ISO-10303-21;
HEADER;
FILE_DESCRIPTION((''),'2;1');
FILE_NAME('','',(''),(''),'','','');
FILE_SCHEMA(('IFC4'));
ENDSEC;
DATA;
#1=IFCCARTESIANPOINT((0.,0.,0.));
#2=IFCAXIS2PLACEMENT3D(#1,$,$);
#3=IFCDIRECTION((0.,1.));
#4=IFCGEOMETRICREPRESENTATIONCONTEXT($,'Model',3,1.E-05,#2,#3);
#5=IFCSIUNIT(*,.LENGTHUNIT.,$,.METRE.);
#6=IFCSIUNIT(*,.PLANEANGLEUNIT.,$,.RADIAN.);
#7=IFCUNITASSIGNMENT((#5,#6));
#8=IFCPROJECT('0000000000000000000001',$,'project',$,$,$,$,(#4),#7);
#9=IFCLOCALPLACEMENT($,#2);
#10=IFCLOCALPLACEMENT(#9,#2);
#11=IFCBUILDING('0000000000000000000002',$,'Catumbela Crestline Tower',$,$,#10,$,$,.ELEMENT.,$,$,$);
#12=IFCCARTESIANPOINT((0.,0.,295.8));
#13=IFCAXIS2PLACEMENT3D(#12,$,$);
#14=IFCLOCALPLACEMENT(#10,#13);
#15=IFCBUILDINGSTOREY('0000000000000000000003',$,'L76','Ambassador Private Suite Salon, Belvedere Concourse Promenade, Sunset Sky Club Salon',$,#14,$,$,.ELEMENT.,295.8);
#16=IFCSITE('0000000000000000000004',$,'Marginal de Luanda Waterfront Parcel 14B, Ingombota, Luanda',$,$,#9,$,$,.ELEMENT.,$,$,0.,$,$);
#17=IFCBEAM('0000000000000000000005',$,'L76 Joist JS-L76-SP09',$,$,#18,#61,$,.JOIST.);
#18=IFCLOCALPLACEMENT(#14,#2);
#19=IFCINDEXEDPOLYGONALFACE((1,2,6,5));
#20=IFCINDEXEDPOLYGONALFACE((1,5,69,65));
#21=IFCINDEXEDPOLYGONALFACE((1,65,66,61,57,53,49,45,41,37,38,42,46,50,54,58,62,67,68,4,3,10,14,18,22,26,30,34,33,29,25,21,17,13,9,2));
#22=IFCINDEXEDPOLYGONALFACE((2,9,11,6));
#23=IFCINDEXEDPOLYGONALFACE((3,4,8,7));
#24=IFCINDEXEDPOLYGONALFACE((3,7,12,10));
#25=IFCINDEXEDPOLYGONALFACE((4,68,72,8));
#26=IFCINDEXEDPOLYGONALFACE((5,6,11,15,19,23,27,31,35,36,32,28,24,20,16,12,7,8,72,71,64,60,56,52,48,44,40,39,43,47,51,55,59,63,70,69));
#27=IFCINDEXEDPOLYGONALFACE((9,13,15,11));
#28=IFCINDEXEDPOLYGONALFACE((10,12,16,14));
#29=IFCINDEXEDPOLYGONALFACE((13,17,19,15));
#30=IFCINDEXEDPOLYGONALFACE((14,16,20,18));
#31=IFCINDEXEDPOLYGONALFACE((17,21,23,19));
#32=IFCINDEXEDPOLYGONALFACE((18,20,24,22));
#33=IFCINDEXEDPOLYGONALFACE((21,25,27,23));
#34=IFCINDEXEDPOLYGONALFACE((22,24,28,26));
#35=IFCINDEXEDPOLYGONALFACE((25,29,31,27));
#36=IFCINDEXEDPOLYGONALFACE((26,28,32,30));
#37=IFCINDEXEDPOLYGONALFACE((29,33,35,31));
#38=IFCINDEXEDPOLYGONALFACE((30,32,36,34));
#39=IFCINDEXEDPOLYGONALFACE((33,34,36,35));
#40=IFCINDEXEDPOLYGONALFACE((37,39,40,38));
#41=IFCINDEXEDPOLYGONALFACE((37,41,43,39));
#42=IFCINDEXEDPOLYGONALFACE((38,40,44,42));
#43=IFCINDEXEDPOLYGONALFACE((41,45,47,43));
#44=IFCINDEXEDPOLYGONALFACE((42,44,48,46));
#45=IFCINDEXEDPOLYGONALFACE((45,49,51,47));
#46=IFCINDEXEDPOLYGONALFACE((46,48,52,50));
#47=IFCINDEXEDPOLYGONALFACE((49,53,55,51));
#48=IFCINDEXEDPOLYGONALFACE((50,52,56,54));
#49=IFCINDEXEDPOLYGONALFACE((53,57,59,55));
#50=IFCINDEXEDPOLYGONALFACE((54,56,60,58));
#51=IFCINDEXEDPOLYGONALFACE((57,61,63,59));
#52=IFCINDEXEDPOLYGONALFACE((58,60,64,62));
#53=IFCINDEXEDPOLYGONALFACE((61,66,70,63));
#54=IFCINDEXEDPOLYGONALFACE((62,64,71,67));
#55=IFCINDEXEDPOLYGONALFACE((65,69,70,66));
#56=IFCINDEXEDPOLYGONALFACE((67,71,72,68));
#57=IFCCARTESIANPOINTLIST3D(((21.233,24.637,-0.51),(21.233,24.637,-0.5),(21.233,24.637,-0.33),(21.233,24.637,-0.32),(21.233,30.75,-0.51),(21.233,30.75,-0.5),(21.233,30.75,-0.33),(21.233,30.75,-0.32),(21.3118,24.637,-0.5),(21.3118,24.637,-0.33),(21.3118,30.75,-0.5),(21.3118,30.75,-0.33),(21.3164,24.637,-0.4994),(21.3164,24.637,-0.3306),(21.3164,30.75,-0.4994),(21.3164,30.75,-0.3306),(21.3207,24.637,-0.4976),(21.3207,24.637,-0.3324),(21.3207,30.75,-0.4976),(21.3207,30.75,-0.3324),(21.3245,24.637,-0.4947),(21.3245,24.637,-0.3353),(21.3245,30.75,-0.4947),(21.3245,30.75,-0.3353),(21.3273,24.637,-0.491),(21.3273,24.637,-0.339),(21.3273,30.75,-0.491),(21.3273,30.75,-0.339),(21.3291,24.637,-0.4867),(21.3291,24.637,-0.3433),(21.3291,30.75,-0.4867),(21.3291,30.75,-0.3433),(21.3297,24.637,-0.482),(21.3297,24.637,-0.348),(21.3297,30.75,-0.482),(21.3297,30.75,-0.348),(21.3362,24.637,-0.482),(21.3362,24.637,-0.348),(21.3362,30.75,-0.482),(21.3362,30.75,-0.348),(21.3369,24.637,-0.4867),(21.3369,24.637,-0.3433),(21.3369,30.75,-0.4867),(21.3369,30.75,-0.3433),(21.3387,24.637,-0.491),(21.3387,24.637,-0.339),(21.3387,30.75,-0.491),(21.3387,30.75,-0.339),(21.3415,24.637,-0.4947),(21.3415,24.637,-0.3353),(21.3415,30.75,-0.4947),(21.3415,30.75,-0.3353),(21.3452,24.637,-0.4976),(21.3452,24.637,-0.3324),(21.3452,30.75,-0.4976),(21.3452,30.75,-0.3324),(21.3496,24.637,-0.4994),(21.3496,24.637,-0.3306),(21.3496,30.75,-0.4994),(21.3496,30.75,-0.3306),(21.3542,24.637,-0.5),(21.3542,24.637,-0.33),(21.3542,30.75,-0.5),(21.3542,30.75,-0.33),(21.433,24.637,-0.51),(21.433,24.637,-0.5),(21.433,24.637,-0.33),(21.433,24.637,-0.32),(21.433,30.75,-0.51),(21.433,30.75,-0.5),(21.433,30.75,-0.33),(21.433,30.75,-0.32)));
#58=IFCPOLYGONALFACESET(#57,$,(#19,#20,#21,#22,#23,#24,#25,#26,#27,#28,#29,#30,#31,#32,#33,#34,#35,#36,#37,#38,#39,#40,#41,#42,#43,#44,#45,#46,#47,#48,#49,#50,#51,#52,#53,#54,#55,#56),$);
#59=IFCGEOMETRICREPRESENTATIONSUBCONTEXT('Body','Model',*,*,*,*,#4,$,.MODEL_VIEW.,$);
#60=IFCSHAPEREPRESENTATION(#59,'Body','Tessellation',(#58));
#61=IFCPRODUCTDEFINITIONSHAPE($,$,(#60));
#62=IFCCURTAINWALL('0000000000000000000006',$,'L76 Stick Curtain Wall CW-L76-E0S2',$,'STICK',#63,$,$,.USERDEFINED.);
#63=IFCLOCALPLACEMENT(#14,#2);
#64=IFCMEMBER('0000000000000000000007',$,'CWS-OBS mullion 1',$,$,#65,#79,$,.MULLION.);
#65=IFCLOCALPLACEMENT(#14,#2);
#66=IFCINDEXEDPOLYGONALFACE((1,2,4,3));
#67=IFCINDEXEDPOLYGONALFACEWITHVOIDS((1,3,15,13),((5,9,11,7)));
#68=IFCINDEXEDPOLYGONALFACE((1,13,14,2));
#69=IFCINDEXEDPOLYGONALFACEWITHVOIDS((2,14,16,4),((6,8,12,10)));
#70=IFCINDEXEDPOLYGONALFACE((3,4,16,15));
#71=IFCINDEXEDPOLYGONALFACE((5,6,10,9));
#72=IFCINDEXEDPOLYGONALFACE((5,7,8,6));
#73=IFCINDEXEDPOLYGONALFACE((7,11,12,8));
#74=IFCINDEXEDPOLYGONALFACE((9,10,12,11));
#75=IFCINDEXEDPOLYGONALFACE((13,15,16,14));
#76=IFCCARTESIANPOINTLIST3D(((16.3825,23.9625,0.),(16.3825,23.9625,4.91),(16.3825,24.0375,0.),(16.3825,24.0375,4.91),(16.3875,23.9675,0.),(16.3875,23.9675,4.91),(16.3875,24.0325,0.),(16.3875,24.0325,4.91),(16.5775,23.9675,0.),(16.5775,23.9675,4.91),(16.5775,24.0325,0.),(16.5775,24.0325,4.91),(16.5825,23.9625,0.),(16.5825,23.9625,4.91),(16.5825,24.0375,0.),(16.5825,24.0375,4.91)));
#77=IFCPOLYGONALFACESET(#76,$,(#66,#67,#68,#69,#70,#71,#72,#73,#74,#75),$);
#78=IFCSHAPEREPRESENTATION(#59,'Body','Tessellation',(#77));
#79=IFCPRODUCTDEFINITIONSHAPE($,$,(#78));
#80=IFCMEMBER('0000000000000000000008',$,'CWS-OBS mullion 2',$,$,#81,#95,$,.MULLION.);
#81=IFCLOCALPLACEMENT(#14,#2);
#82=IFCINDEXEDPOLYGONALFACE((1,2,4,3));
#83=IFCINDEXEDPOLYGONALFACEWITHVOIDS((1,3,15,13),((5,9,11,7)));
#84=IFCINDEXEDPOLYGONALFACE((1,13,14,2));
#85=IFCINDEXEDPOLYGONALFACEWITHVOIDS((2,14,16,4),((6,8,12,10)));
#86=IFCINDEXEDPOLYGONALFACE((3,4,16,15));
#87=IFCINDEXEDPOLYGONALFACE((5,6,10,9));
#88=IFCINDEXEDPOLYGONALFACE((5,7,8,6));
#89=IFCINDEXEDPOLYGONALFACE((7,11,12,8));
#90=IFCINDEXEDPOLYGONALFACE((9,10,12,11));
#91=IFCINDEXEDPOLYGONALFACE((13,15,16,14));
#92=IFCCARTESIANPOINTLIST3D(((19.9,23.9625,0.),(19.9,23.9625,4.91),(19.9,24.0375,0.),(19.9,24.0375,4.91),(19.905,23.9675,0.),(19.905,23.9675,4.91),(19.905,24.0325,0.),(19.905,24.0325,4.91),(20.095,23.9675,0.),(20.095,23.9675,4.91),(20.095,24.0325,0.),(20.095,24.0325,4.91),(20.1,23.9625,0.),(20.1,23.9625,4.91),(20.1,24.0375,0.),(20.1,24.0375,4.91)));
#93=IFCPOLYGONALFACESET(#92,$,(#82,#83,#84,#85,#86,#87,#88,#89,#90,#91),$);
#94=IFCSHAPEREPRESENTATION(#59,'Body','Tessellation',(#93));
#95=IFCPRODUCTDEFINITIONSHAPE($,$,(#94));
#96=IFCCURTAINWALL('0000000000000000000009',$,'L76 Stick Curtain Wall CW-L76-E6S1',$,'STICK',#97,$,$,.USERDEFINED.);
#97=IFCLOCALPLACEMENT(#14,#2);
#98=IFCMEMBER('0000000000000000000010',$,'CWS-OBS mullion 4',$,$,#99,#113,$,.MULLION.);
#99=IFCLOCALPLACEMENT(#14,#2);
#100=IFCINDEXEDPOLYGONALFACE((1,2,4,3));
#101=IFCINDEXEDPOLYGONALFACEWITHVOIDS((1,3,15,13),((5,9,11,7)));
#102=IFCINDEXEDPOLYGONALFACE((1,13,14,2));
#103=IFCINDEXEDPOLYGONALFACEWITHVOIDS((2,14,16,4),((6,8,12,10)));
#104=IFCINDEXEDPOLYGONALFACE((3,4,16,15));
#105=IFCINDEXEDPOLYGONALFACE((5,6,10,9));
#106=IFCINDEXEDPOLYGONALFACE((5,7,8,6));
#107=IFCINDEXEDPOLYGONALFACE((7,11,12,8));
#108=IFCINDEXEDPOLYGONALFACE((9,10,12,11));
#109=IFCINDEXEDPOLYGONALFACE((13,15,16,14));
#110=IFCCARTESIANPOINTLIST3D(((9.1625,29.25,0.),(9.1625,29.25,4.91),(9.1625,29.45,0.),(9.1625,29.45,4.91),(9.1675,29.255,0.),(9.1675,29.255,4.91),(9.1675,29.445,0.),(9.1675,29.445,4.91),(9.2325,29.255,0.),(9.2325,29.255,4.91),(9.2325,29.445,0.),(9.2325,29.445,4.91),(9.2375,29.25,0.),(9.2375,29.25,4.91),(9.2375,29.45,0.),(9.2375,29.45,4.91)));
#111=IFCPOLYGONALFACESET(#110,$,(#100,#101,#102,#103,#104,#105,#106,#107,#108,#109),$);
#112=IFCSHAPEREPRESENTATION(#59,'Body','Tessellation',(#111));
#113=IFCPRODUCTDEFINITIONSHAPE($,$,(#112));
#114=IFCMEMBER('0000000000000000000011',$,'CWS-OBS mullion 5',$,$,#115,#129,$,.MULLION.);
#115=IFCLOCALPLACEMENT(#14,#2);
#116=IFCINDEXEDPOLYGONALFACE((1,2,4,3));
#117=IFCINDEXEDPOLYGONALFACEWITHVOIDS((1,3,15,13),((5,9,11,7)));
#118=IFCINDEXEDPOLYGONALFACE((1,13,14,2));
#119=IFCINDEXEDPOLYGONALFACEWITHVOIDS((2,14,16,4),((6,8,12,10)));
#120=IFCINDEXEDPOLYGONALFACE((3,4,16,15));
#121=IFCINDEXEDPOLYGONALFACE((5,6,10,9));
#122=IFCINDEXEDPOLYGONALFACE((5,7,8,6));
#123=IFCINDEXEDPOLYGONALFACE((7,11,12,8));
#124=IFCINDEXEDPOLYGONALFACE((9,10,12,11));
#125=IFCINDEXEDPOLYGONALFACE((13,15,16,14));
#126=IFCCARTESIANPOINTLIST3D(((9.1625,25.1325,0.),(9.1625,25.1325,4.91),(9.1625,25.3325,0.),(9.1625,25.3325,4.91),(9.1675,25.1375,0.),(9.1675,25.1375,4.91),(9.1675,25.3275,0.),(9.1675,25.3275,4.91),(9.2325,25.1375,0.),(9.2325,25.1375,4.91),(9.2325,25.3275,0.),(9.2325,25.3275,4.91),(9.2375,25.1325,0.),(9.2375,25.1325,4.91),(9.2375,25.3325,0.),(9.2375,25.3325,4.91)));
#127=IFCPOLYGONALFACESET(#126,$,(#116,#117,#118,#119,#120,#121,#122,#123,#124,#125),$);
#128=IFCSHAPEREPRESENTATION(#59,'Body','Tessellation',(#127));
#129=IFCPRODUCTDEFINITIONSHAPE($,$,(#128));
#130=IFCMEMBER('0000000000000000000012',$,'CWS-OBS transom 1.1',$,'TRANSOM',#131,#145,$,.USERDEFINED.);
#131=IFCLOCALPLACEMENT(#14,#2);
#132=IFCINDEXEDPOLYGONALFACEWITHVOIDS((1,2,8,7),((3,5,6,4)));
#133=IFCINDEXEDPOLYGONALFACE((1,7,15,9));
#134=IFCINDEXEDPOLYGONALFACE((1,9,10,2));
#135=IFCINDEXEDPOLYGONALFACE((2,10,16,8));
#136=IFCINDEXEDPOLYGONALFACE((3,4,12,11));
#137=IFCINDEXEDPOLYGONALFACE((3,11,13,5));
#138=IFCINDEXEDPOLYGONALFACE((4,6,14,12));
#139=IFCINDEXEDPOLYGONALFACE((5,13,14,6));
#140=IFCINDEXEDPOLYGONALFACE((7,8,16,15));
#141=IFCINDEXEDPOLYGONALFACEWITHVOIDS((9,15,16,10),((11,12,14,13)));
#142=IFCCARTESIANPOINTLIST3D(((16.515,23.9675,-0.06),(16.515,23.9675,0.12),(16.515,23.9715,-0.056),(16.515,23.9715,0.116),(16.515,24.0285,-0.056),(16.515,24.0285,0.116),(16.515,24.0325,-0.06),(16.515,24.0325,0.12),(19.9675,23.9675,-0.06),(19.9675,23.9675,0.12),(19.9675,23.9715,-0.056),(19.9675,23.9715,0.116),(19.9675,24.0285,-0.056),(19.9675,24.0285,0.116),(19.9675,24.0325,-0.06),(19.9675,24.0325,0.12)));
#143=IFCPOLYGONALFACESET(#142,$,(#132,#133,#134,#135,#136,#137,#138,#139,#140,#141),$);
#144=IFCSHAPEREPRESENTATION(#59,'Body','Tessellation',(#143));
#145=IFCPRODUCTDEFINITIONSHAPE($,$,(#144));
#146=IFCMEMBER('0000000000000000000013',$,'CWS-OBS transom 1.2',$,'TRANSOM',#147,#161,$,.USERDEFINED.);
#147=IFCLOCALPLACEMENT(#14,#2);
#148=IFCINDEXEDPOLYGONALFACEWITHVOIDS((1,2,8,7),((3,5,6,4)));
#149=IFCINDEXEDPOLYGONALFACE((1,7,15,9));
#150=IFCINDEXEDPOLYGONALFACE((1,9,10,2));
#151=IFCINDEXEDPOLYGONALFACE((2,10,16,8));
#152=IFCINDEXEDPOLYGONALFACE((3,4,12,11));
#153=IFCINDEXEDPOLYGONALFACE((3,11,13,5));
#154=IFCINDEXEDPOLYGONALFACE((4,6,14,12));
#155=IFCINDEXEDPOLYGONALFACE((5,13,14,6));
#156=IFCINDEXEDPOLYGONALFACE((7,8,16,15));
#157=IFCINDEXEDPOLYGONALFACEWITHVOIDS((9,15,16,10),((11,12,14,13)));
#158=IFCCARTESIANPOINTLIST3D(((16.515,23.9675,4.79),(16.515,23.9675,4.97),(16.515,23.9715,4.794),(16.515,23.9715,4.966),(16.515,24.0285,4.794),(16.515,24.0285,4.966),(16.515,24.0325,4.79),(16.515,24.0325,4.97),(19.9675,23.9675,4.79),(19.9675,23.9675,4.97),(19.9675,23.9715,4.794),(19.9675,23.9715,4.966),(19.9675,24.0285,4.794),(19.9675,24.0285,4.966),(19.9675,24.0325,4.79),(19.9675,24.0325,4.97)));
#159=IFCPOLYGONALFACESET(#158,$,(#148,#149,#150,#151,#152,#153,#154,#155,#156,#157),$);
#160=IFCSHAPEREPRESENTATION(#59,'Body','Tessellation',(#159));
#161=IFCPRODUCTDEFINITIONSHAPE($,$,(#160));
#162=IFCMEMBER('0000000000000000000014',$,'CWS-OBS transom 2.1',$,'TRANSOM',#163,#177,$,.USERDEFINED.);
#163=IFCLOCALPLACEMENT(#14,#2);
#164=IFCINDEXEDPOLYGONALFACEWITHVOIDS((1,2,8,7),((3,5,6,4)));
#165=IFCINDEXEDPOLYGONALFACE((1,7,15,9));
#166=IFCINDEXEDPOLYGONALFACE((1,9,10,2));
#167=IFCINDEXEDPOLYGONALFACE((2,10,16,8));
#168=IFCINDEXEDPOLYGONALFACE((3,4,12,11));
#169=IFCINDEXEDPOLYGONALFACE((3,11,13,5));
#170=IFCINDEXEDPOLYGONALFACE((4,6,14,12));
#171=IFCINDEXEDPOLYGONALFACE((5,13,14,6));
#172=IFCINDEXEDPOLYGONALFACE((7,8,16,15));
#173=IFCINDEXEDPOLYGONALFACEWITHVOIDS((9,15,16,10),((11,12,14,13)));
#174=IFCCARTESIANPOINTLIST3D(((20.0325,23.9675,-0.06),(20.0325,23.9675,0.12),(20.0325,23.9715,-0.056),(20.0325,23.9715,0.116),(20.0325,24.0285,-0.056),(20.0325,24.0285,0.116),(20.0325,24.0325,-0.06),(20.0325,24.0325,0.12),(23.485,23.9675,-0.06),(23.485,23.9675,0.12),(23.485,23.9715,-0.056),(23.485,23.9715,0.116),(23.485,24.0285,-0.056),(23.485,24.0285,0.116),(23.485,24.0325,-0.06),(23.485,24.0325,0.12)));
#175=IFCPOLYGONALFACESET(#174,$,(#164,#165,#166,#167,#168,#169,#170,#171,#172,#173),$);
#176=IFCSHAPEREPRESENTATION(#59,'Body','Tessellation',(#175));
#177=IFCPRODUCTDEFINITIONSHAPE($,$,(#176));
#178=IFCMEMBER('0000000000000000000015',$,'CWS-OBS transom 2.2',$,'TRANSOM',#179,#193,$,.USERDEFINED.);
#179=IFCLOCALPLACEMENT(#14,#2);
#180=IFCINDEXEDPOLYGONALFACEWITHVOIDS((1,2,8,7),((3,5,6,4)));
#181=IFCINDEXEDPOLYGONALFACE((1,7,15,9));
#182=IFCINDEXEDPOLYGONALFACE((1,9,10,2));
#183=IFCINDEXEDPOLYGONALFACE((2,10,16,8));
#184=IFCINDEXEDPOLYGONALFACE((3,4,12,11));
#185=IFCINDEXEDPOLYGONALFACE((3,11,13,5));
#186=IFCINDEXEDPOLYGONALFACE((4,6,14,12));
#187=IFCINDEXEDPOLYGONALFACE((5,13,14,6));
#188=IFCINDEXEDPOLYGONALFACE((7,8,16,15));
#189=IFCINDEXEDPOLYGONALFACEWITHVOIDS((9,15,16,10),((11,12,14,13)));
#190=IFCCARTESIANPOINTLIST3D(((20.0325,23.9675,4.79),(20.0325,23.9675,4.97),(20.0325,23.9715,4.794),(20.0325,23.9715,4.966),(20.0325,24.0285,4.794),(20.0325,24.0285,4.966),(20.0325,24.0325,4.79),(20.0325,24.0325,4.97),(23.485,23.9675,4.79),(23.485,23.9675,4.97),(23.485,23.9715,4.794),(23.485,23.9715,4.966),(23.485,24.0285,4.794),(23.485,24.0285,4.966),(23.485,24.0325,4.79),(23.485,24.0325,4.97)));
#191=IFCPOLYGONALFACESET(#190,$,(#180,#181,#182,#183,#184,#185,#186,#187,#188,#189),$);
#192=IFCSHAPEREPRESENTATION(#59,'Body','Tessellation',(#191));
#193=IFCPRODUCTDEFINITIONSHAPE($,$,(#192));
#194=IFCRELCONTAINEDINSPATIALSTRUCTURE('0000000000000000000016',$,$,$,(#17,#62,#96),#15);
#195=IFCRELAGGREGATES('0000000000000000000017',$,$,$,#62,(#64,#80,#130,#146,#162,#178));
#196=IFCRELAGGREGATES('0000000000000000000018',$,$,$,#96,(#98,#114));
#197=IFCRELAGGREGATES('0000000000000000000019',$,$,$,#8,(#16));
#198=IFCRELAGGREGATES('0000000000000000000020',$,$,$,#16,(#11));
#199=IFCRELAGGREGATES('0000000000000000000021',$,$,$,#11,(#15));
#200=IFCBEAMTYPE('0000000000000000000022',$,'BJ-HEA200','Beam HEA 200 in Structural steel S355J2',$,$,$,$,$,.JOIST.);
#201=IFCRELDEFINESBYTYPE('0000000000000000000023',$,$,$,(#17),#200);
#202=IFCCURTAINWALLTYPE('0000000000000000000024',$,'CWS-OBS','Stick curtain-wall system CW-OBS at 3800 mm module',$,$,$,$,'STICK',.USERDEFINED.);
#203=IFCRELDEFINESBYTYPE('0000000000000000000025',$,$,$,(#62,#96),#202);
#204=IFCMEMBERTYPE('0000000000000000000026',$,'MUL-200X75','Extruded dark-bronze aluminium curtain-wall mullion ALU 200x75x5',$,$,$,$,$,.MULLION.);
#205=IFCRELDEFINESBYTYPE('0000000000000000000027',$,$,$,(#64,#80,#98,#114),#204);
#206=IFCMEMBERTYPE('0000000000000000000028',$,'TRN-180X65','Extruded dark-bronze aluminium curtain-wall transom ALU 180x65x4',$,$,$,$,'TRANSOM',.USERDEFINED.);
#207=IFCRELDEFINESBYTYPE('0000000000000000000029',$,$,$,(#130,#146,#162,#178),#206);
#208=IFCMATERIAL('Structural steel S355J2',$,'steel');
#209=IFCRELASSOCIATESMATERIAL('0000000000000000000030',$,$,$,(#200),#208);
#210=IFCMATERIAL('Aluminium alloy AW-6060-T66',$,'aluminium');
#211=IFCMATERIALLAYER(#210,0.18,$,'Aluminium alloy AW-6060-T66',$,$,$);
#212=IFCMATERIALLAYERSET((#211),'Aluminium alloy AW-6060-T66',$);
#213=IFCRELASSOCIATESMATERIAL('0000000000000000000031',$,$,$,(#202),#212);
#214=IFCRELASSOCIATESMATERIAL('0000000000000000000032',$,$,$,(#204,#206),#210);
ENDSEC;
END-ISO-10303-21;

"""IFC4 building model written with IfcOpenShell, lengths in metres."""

from ifc_helpers import new_model, si_unit, direction, frame, origin, origin_2d, place, context, subcontext, project, spatial, hollow_rectangle, i_section, extrude, material, layer, layer_set, material_profile, profile_set, type_object, element, aggregate, save


model = new_model("IFC4")

# Units and contexts
model_context = context("Model", 3, precision=1e-05, world=origin(), true_north=direction((0.0, 1.0)))
body_context = subcontext(model_context, "Body", "Model", "MODEL_VIEW")
ifc_project = project(units=[si_unit("LENGTHUNIT", "METRE"), si_unit("PLANEANGLEUNIT", "RADIAN")], contexts=[model_context])

# Site, building, storey
site_placement = place(None, origin())
site = spatial("IfcSite", under=ifc_project, at=site_placement, Name="Marginal de Luanda Waterfront Parcel 14B, Ingombota, Luanda", CompositionType="ELEMENT", RefElevation=0.0)
building_placement = place(site_placement, origin())
building = spatial("IfcBuilding", under=site, at=building_placement, Name="Catumbela Crestline Tower", CompositionType="ELEMENT")
storey_placement = place(building_placement, frame((0.0, 0.0, 295.8)))
storey = spatial("IfcBuildingStorey", under=building, at=storey_placement, Name="L76", Description="Ambassador Private Suite Salon, Belvedere Concourse Promenade, Sunset Sky Club Salon", CompositionType="ELEMENT", Elevation=295.8)

# Beam
ifc_material_1 = material(Name="Structural steel S355J2", Category="steel")
ifc_material_profile_1 = material_profile(ifc_material_1, i_section(OverallWidth=0.2, OverallDepth=0.19, WebThickness=0.0065, FlangeThickness=0.01, FilletRadius=0.018, at=origin_2d()), Name="HEA 200")
ifc_profile_set_1 = profile_set([ifc_material_profile_1], Name="Structural steel S355J2")
beam_type_1 = type_object("IfcBeamType", Name="BJ-HEA200", Description="Beam HEA 200 in Structural steel S355J2", PredefinedType="JOIST", material=ifc_profile_set_1)
for number, where, z_axis, x_axis, name in (
    (1, (21.333, 24.637, -0.415), (0.0, 1.0, 0.0), (-1.0, 0.0, 0.0), "L76 Joist JS-L76-SP09"),
):
    element("IfcBeam", number, at=place(storey_placement, frame(where, z_axis=z_axis, x_axis=x_axis)), inside=storey, type_object=beam_type_1, Name=name, PredefinedType="JOIST", context=body_context, shape_type="SweptSolid", body=[
        extrude(i_section(OverallWidth=0.2, OverallDepth=0.19, WebThickness=0.0065, FlangeThickness=0.01, FilletRadius=0.018, at=origin_2d()), origin(), (0.0, 0.0, 1.0), 6.113),
    ])

# Curtain walls, members
ifc_material_2 = material(Name="Aluminium alloy AW-6060-T66", Category="aluminium")
ifc_layer_1 = layer(ifc_material_2, 0.18, Name="Aluminium alloy AW-6060-T66")
ifc_layer_set_1 = layer_set([ifc_layer_1], Name="Aluminium alloy AW-6060-T66")
curtain_wall_type = type_object("IfcCurtainWallType", Name="CWS-OBS", Description="Stick curtain-wall system CW-OBS at 3800 mm module", ElementType="STICK", PredefinedType="USERDEFINED", material=ifc_layer_set_1)
curtain_wall_1_placement = place(storey_placement, origin())
curtain_wall_1 = element("IfcCurtainWall", 2, at=curtain_wall_1_placement, inside=storey, type_object=curtain_wall_type, Name="L76 Stick Curtain Wall CW-L76-E0S2", ObjectType="STICK", PredefinedType="USERDEFINED")
ifc_material_profile_2 = material_profile(ifc_material_2, hollow_rectangle(XDim=0.075, YDim=0.2, WallThickness=0.005, at=origin_2d()), Name="ALU 200x75x5")
ifc_profile_set_2 = profile_set([ifc_material_profile_2], Name="Aluminium alloy AW-6060-T66")
member_type_1 = type_object("IfcMemberType", Name="MUL-200X75", Description="Extruded dark-bronze aluminium curtain-wall mullion ALU 200x75x5", PredefinedType="MULLION", material=ifc_profile_set_2)
member_1_placement = place(storey_placement, frame((16.4825, 24.0, 0.0), z_axis=(0.0, 0.0, 1.0), x_axis=(0.0, 1.0, 0.0)))
member_1 = element("IfcMember", 3, at=member_1_placement, type_object=member_type_1, Name="CWS-OBS mullion 1", PredefinedType="MULLION", context=body_context, shape_type="SweptSolid", body=[
    extrude(hollow_rectangle(XDim=0.075, YDim=0.2, WallThickness=0.005, at=origin_2d()), origin(), (0.0, 0.0, 1.0), 4.91),
])
member_2_placement = place(storey_placement, frame((20.0, 24.0, 0.0), z_axis=(0.0, 0.0, 1.0), x_axis=(0.0, 1.0, 0.0)))
member_2 = element("IfcMember", 4, at=member_2_placement, type_object=member_type_1, Name="CWS-OBS mullion 2", PredefinedType="MULLION", context=body_context, shape_type="SweptSolid", body=[
    extrude(hollow_rectangle(XDim=0.075, YDim=0.2, WallThickness=0.005, at=origin_2d()), origin(), (0.0, 0.0, 1.0), 4.91),
])
curtain_wall_2_placement = place(storey_placement, origin())
curtain_wall_2 = element("IfcCurtainWall", 5, at=curtain_wall_2_placement, inside=storey, type_object=curtain_wall_type, Name="L76 Stick Curtain Wall CW-L76-E6S1", ObjectType="STICK", PredefinedType="USERDEFINED")
member_3_placement = place(storey_placement, frame((9.2, 29.35, 0.0), z_axis=(0.0, 0.0, 1.0), x_axis=(1.0, 0.0, 0.0)))
member_3 = element("IfcMember", 6, at=member_3_placement, type_object=member_type_1, Name="CWS-OBS mullion 4", PredefinedType="MULLION", context=body_context, shape_type="SweptSolid", body=[
    extrude(hollow_rectangle(XDim=0.075, YDim=0.2, WallThickness=0.005, at=origin_2d()), origin(), (0.0, 0.0, 1.0), 4.91),
])
member_4_placement = place(storey_placement, frame((9.2, 25.2325, 0.0), z_axis=(0.0, 0.0, 1.0), x_axis=(1.0, 0.0, 0.0)))
member_4 = element("IfcMember", 7, at=member_4_placement, type_object=member_type_1, Name="CWS-OBS mullion 5", PredefinedType="MULLION", context=body_context, shape_type="SweptSolid", body=[
    extrude(hollow_rectangle(XDim=0.075, YDim=0.2, WallThickness=0.005, at=origin_2d()), origin(), (0.0, 0.0, 1.0), 4.91),
])

# Members
ifc_material_profile_3 = material_profile(ifc_material_2, hollow_rectangle(XDim=0.065, YDim=0.18, WallThickness=0.004, at=origin_2d()), Name="ALU 180x65x4")
ifc_profile_set_3 = profile_set([ifc_material_profile_3], Name="Aluminium alloy AW-6060-T66")
member_type_2 = type_object("IfcMemberType", Name="TRN-180X65", Description="Extruded dark-bronze aluminium curtain-wall transom ALU 180x65x4", ElementType="TRANSOM", PredefinedType="USERDEFINED", material=ifc_profile_set_3)
member_5_placement = place(storey_placement, frame((16.515, 24.0, 0.03), z_axis=(1.0, 0.0, 0.0), x_axis=(0.0, 1.0, 0.0)))
member_5 = element("IfcMember", 8, at=member_5_placement, type_object=member_type_2, Name="CWS-OBS transom 1.1", ObjectType="TRANSOM", PredefinedType="USERDEFINED", context=body_context, shape_type="SweptSolid", body=[
    extrude(hollow_rectangle(XDim=0.065, YDim=0.18, WallThickness=0.004, at=origin_2d()), origin(), (0.0, 0.0, 1.0), 3.4525),
])
member_6_placement = place(storey_placement, frame((16.515, 24.0, 4.88), z_axis=(1.0, 0.0, 0.0), x_axis=(0.0, 1.0, 0.0)))
member_6 = element("IfcMember", 9, at=member_6_placement, type_object=member_type_2, Name="CWS-OBS transom 1.2", ObjectType="TRANSOM", PredefinedType="USERDEFINED", context=body_context, shape_type="SweptSolid", body=[
    extrude(hollow_rectangle(XDim=0.065, YDim=0.18, WallThickness=0.004, at=origin_2d()), origin(), (0.0, 0.0, 1.0), 3.4525),
])
member_7_placement = place(storey_placement, frame((20.0325, 24.0, 0.03), z_axis=(1.0, 0.0, 0.0), x_axis=(0.0, 1.0, 0.0)))
member_7 = element("IfcMember", 10, at=member_7_placement, type_object=member_type_2, Name="CWS-OBS transom 2.1", ObjectType="TRANSOM", PredefinedType="USERDEFINED", context=body_context, shape_type="SweptSolid", body=[
    extrude(hollow_rectangle(XDim=0.065, YDim=0.18, WallThickness=0.004, at=origin_2d()), origin(), (0.0, 0.0, 1.0), 3.4525),
])
member_8_placement = place(storey_placement, frame((20.0325, 24.0, 4.88), z_axis=(1.0, 0.0, 0.0), x_axis=(0.0, 1.0, 0.0)))
member_8 = element("IfcMember", 11, at=member_8_placement, type_object=member_type_2, Name="CWS-OBS transom 2.2", ObjectType="TRANSOM", PredefinedType="USERDEFINED", context=body_context, shape_type="SweptSolid", body=[
    extrude(hollow_rectangle(XDim=0.065, YDim=0.18, WallThickness=0.004, at=origin_2d()), origin(), (0.0, 0.0, 1.0), 3.4525),
])

aggregate(curtain_wall_1, [member_1, member_2, member_5, member_6, member_7, member_8])
aggregate(curtain_wall_2, [member_3, member_4])

save(model, "model.ifc")
